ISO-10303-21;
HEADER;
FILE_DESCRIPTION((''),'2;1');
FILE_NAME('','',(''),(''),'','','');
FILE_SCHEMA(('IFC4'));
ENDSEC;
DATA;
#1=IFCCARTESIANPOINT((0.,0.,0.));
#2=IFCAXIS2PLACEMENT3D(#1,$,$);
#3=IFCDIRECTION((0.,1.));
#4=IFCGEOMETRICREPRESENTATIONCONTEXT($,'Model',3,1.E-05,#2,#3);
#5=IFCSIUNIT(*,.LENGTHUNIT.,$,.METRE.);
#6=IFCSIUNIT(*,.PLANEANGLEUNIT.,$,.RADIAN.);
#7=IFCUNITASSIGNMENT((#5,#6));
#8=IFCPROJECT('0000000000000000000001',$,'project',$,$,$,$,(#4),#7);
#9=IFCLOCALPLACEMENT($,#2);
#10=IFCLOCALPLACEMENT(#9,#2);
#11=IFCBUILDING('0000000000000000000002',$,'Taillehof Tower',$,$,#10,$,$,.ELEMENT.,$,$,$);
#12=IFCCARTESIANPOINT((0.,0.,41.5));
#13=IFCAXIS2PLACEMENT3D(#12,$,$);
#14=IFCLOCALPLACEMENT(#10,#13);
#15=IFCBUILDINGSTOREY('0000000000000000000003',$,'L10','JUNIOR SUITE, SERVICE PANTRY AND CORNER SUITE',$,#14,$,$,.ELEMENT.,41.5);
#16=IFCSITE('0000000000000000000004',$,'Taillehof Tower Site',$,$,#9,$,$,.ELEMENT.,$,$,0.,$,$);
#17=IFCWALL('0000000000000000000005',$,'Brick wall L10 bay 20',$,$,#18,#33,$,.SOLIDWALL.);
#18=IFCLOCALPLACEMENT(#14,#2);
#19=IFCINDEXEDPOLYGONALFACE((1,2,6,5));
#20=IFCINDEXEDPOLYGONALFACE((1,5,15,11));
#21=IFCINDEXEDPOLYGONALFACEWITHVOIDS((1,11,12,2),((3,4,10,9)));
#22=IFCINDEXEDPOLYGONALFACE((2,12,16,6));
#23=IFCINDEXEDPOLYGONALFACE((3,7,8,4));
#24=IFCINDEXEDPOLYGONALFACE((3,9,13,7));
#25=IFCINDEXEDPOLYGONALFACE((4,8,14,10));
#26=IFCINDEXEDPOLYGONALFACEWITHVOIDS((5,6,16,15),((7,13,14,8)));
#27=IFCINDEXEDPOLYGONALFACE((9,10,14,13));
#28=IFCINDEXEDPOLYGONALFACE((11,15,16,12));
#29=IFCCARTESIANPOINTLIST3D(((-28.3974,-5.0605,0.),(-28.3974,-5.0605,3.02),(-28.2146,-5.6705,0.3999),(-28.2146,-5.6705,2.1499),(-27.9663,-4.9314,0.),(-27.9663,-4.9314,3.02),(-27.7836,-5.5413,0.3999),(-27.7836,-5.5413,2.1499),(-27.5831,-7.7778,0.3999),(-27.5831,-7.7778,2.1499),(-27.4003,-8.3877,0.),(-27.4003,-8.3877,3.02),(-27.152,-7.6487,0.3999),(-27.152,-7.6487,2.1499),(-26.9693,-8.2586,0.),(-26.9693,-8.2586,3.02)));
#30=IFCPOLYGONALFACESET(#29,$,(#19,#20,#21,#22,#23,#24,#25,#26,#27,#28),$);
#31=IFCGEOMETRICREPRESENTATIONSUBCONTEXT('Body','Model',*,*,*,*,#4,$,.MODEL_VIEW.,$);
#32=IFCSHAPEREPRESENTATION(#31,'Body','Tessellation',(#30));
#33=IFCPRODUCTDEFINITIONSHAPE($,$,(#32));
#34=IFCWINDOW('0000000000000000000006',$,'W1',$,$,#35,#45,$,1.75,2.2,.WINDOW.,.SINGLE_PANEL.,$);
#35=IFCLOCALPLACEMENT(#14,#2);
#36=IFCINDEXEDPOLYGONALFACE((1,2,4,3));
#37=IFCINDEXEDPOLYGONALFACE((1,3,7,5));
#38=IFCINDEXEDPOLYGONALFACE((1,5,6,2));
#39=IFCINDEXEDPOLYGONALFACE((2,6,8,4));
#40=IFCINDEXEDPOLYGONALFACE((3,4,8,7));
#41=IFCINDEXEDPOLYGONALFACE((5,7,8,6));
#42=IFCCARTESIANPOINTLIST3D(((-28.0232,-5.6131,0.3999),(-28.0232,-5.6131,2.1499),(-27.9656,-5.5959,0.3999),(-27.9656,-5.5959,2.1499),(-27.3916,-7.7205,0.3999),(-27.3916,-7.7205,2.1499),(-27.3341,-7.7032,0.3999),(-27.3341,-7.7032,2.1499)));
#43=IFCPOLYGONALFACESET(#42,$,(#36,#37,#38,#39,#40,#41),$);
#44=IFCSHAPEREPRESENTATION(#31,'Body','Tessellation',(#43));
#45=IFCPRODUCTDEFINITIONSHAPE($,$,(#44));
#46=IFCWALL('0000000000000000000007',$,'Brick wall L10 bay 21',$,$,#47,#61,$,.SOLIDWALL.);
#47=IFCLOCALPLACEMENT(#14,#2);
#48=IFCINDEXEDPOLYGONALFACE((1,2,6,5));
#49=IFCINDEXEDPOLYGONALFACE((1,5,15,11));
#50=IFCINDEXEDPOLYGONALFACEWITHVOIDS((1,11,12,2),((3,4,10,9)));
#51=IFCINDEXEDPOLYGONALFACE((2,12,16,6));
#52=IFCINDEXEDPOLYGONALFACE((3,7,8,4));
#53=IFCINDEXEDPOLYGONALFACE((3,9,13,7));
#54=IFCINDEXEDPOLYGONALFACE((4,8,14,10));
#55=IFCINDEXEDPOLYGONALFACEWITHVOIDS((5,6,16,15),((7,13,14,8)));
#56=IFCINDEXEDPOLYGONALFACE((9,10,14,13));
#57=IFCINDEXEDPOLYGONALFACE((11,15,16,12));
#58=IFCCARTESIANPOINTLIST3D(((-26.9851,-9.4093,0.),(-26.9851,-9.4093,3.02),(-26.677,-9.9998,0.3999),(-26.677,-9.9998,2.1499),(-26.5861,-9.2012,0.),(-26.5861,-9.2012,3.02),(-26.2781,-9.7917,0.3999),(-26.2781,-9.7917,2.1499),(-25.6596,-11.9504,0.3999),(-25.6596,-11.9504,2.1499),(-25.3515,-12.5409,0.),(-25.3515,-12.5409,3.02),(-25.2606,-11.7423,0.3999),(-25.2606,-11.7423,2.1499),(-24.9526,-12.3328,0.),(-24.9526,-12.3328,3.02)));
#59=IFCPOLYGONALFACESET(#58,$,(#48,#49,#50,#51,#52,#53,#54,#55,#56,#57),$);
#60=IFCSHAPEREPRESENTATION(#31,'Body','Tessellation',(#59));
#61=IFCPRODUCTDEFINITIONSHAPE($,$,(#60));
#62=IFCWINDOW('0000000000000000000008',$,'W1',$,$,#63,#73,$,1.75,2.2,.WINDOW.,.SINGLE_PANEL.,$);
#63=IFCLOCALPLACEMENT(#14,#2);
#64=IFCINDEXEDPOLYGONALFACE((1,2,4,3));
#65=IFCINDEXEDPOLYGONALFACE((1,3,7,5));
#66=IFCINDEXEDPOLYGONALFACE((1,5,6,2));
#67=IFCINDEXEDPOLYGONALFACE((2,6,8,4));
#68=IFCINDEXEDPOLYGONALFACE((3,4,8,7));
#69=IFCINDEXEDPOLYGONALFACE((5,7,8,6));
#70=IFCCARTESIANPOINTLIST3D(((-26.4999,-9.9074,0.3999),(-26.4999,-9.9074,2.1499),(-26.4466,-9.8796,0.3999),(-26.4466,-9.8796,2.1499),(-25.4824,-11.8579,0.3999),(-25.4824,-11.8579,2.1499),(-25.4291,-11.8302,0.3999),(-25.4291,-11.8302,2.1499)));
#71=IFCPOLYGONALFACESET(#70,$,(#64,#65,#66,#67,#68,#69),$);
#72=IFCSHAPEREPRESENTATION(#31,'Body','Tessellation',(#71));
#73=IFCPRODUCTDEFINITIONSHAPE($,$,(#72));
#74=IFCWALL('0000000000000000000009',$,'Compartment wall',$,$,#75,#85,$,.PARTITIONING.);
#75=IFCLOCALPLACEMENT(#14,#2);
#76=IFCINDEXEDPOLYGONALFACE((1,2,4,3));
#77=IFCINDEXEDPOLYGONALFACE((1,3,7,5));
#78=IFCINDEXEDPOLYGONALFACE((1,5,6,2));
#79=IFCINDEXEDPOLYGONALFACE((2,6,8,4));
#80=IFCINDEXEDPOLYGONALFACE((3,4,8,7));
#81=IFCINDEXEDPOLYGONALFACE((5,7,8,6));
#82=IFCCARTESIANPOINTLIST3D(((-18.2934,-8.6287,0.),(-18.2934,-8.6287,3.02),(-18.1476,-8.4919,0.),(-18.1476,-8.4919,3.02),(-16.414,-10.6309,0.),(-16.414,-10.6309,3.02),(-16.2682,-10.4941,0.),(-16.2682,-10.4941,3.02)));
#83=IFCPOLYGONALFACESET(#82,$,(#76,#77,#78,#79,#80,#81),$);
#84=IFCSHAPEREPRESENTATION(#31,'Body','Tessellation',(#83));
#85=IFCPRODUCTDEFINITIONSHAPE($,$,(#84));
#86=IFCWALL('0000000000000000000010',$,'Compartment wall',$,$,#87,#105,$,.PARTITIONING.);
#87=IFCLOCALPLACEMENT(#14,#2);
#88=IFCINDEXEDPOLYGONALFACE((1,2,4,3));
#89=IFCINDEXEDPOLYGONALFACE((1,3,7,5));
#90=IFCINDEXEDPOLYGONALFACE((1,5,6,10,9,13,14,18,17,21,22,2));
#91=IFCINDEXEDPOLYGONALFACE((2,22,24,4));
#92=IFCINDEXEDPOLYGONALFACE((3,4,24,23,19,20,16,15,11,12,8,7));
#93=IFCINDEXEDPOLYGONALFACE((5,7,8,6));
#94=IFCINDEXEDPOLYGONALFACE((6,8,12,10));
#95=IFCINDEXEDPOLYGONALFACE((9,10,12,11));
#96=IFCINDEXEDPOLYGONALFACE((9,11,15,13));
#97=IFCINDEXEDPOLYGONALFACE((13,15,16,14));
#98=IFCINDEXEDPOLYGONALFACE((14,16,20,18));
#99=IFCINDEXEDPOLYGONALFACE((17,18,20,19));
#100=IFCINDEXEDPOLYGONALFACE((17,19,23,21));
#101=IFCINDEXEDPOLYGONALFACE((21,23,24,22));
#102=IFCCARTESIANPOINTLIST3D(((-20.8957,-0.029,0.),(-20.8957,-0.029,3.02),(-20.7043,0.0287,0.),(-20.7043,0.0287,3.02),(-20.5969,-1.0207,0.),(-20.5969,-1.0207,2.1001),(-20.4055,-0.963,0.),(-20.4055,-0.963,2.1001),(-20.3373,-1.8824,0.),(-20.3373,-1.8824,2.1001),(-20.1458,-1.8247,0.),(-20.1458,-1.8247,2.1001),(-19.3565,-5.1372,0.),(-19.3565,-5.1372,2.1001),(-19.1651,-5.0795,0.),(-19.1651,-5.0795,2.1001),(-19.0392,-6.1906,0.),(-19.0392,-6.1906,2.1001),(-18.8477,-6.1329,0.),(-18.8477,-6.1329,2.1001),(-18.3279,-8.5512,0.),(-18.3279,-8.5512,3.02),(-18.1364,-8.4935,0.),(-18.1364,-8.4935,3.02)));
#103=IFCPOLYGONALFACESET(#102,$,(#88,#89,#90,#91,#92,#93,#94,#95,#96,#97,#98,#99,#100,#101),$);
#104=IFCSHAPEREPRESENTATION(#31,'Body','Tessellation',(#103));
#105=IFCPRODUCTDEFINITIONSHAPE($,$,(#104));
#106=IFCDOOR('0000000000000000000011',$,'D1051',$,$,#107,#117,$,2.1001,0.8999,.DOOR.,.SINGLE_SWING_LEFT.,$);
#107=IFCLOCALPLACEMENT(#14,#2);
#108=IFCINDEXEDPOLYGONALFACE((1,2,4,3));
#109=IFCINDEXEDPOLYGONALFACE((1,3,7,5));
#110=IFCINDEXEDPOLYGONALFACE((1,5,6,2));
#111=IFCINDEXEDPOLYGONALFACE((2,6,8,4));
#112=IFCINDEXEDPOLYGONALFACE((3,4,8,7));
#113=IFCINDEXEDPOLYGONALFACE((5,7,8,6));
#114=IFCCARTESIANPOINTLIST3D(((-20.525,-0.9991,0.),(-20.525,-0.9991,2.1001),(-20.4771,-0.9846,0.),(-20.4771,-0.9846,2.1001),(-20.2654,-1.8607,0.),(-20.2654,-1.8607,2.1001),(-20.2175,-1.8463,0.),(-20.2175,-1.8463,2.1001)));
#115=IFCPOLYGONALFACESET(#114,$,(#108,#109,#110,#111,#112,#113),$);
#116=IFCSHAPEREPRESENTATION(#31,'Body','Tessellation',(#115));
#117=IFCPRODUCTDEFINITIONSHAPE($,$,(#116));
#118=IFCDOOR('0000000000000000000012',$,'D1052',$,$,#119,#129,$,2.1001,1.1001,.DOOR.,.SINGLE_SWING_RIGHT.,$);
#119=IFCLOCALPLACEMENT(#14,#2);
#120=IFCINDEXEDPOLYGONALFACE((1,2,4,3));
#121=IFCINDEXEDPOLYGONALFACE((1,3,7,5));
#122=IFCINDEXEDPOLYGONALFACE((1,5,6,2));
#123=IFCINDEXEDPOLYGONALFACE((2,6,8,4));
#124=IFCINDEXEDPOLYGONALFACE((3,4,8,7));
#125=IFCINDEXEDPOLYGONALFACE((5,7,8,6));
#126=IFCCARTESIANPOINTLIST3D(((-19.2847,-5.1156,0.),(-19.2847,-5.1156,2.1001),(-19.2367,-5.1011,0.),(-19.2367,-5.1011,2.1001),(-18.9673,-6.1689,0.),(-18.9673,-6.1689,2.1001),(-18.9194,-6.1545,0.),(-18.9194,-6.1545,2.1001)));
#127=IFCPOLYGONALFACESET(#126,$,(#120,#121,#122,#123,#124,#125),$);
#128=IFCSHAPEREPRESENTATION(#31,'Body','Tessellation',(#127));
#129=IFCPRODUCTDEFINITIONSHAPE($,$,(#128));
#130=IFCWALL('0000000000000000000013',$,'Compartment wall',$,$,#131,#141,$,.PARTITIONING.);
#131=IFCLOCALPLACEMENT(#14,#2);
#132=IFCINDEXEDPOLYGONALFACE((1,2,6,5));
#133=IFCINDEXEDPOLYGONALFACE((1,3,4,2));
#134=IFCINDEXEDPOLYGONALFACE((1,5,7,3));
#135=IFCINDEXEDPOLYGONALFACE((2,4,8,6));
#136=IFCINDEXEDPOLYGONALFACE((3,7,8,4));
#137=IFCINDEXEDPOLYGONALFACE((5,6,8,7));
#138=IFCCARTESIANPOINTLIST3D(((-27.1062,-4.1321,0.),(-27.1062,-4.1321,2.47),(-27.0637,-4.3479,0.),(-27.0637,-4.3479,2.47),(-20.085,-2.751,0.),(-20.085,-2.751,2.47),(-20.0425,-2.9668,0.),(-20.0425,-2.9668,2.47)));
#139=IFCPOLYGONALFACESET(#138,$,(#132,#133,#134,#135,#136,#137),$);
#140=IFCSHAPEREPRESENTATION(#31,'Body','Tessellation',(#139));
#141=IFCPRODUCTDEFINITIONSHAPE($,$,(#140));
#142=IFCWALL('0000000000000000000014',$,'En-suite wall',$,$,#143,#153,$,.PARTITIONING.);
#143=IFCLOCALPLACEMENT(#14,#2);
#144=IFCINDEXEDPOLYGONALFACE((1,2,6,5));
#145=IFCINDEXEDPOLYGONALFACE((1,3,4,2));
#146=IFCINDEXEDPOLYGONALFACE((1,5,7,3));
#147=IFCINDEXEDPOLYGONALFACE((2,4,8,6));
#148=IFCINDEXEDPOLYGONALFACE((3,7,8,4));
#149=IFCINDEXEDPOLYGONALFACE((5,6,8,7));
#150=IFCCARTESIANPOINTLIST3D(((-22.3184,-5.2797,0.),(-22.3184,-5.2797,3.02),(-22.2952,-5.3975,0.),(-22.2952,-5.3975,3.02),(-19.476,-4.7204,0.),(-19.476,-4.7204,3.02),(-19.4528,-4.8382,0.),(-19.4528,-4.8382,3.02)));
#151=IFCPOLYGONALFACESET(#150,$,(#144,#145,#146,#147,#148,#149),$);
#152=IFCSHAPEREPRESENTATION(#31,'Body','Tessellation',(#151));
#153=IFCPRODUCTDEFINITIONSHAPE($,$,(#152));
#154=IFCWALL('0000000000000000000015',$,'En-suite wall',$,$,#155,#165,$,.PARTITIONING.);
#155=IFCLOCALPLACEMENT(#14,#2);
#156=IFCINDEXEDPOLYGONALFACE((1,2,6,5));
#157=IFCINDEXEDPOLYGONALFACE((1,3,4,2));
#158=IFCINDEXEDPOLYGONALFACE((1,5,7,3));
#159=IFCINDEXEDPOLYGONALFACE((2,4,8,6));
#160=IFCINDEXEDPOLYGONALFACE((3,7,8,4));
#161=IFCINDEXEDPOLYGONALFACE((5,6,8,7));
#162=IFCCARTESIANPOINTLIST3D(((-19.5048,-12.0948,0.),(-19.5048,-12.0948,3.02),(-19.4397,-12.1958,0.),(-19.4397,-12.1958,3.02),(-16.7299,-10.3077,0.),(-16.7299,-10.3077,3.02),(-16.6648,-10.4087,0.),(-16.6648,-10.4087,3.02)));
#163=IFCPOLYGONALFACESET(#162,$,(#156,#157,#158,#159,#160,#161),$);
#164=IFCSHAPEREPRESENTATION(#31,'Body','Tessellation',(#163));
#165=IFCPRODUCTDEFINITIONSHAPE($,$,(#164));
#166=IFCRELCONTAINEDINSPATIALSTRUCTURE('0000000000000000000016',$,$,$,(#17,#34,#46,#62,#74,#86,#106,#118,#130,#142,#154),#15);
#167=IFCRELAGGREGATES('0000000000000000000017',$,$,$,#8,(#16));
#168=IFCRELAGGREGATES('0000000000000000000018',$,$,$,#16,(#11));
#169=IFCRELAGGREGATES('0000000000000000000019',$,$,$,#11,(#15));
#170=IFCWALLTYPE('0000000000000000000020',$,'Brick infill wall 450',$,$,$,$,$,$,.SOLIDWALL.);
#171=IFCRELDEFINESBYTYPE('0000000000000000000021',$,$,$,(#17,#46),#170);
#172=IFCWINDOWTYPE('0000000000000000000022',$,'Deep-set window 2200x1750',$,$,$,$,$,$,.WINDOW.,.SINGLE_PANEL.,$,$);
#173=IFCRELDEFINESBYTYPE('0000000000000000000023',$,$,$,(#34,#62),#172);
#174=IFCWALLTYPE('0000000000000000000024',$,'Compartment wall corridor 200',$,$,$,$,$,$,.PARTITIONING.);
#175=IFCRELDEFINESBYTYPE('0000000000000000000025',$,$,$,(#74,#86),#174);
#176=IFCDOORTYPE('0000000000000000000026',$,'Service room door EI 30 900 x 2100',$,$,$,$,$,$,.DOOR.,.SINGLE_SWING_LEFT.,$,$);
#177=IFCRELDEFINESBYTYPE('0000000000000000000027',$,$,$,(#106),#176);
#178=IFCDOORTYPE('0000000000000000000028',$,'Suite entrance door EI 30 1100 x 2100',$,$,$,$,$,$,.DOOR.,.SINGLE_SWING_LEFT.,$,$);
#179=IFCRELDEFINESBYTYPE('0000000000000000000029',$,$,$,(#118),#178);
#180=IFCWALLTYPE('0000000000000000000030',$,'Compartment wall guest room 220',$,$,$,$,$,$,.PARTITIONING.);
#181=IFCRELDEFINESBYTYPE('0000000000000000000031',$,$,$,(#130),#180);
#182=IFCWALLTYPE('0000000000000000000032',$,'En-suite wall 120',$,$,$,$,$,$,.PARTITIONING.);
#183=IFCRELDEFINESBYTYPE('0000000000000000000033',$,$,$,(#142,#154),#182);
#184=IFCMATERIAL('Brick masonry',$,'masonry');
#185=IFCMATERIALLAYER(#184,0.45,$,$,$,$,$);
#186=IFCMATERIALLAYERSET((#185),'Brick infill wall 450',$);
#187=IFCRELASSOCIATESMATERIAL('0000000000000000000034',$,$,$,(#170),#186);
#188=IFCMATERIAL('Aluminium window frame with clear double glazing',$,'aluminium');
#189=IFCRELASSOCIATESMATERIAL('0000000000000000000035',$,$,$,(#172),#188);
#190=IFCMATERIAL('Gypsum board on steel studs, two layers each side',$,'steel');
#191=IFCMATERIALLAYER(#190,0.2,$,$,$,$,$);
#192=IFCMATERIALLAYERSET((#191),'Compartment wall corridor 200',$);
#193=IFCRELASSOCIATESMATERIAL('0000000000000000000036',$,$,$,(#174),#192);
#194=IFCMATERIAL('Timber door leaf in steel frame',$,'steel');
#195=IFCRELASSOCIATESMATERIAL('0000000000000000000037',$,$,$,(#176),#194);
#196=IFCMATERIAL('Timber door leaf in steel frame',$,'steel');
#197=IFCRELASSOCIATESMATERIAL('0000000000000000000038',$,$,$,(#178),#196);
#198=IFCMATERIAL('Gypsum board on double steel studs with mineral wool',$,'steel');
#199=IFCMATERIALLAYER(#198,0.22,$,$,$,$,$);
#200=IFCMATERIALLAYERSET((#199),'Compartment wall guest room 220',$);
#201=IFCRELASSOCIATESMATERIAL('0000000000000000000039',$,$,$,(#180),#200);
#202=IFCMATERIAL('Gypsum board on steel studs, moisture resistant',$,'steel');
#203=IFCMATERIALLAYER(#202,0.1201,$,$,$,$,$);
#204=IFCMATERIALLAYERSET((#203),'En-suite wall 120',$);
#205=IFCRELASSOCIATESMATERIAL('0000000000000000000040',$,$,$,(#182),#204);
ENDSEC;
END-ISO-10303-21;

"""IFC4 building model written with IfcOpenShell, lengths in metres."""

from ifc_helpers import new_model, si_unit, direction, frame, frame_2d, origin, place, context, subcontext, project, spatial, rectangle, extrude, material, layer, layer_set, type_object, element, fill, save


model = new_model("IFC4")

# Units and contexts
model_context = context("Model", 3, precision=1e-05, world=origin(), true_north=direction((0.0, 1.0)))
body_context = subcontext(model_context, "Body", "Model", "MODEL_VIEW")
ifc_project = project(units=[si_unit("LENGTHUNIT", "METRE"), si_unit("PLANEANGLEUNIT", "RADIAN")], contexts=[model_context])

# Site, building, storey
site_placement = place(None, origin())
site = spatial("IfcSite", under=ifc_project, at=site_placement, Name="Taillehof Tower Site", CompositionType="ELEMENT", RefElevation=0.0)
building_placement = place(site_placement, origin())
building = spatial("IfcBuilding", under=site, at=building_placement, Name="Taillehof Tower", CompositionType="ELEMENT")
storey_placement = place(building_placement, frame((0.0, 0.0, 41.5)))
storey = spatial("IfcBuildingStorey", under=building, at=storey_placement, Name="L10", Description="JUNIOR SUITE, SERVICE PANTRY AND CORNER SUITE", CompositionType="ELEMENT", Elevation=41.5)

# Walls, openings, windows
ifc_material_1 = material(Name="Brick masonry", Category="masonry")
ifc_layer_1 = layer(ifc_material_1, 0.45)
ifc_layer_set_1 = layer_set([ifc_layer_1], Name="Brick infill wall 450")
wall_type_1 = type_object("IfcWallType", Name="Brick infill wall 450", PredefinedType="SOLIDWALL", material=ifc_layer_set_1)
ifc_material_2 = material(Name="Aluminium window frame with clear double glazing", Category="aluminium")
window_type = type_object("IfcWindowType", Name="Deep-set window 2200x1750", PartitioningType="SINGLE_PANEL", PredefinedType="WINDOW", material=ifc_material_2)
wall_1_placement = place(storey_placement, frame((-28.1819, -4.9958, 0.0), z_axis=(0.0, 0.0, 1.0), x_axis=(0.287064, -0.957911, 0.0)))
wall_1 = element("IfcWall", 1, at=wall_1_placement, inside=storey, type_object=wall_type_1, Name="Brick wall L10 bay 20", PredefinedType="SOLIDWALL", context=body_context, shape_type="SweptSolid", body=[
    extrude(rectangle(XDim=3.4734, YDim=0.45, at=frame_2d((1.7368, 0.0))), origin(), (0.0, 0.0, 1.0), 3.02),
])
opening_1_placement = place(wall_1_placement, frame((0.6367, 0.0, 0.3999)))
opening_1 = element("IfcOpeningElement", 2, at=opening_1_placement, cuts=wall_1, PredefinedType="OPENING", context=body_context, shape_type="SweptSolid", body=[
    extrude(rectangle(XDim=2.2, YDim=1.75, at=frame_2d((1.1001, 0.875))), frame((0.0, 0.2349, 0.0), z_axis=(0.0, -1.0, 0.0), x_axis=(1.0, 0.0, 0.0)), (0.0, 0.0, 1.0), 0.47),
])
window_1_placement = place(opening_1_placement, origin())
window_1 = element("IfcWindow", 3, at=window_1_placement, inside=storey, type_object=window_type, Name="W1", OverallHeight=1.75, OverallWidth=2.2, PartitioningType="SINGLE_PANEL", PredefinedType="WINDOW", context=body_context, shape_type="SweptSolid", body=[
    extrude(rectangle(XDim=2.2, YDim=1.75, at=frame_2d((1.1001, 0.875))), frame((0.0, 0.0349, 0.0), z_axis=(0.0, -1.0, 0.0), x_axis=(1.0, 0.0, 0.0)), (0.0, 0.0, 1.0), 0.0601),
])
fill(opening_1, window_1)
wall_2_placement = place(storey_placement, frame((-26.7856, -9.3052, 0.0), z_axis=(0.0, 0.0, 1.0), x_axis=(0.462493, -0.886623, 0.0)))
wall_2 = element("IfcWall", 4, at=wall_2_placement, inside=storey, type_object=wall_type_1, Name="Brick wall L10 bay 21", PredefinedType="SOLIDWALL", context=body_context, shape_type="SweptSolid", body=[
    extrude(rectangle(XDim=3.532, YDim=0.45, at=frame_2d((1.7661, 0.0))), origin(), (0.0, 0.0, 1.0), 3.02),
])
opening_2_placement = place(wall_2_placement, frame((0.666, 0.0, 0.3999)))
opening_2 = element("IfcOpeningElement", 5, at=opening_2_placement, cuts=wall_2, PredefinedType="OPENING", context=body_context, shape_type="SweptSolid", body=[
    extrude(rectangle(XDim=2.2, YDim=1.75, at=frame_2d((1.1001, 0.875))), frame((0.0, 0.2349, 0.0), z_axis=(0.0, -1.0, 0.0), x_axis=(1.0, 0.0, 0.0)), (0.0, 0.0, 1.0), 0.47),
])
window_2_placement = place(opening_2_placement, origin())
window_2 = element("IfcWindow", 6, at=window_2_placement, inside=storey, type_object=window_type, Name="W1", OverallHeight=1.75, OverallWidth=2.2, PartitioningType="SINGLE_PANEL", PredefinedType="WINDOW", context=body_context, shape_type="SweptSolid", body=[
    extrude(rectangle(XDim=2.2, YDim=1.75, at=frame_2d((1.1001, 0.875))), frame((0.0, 0.0349, 0.0), z_axis=(0.0, -1.0, 0.0), x_axis=(1.0, 0.0, 0.0)), (0.0, 0.0, 1.0), 0.0601),
])
fill(opening_2, window_2)

# Wall
ifc_material_3 = material(Name="Gypsum board on steel studs, two layers each side", Category="steel")
ifc_layer_2 = layer(ifc_material_3, 0.2)
ifc_layer_set_2 = layer_set([ifc_layer_2], Name="Compartment wall corridor 200")
wall_type_2 = type_object("IfcWallType", Name="Compartment wall corridor 200", PredefinedType="PARTITIONING", material=ifc_layer_set_2)
wall_3_placement = place(storey_placement, frame((-16.3411, -10.5625, 0.0), z_axis=(0.0, 0.0, 1.0), x_axis=(-0.684393, 0.729113, 0.0)))
element("IfcWall", 7, at=wall_3_placement, inside=storey, type_object=wall_type_2, Name="Compartment wall", PredefinedType="PARTITIONING", context=body_context, shape_type="SweptSolid", body=[
    extrude(rectangle(XDim=2.7461, YDim=0.2, at=frame_2d((1.373, 0.0))), origin(), (0.0, 0.0, 1.0), 3.02),
])

# Wall, openings, doors
wall_4_placement = place(storey_placement, frame((-18.2322, -8.5222, 0.0), z_axis=(0.0, 0.0, 1.0), x_axis=(-0.288503, 0.957479, 0.0)))
wall_4 = element("IfcWall", 8, at=wall_4_placement, inside=storey, type_object=wall_type_2, Name="Compartment wall", PredefinedType="PARTITIONING", context=body_context, shape_type="SweptSolid", body=[
    extrude(rectangle(XDim=8.9006, YDim=0.2, at=frame_2d((4.4502, 0.0))), origin(), (0.0, 0.0, 1.0), 3.02),
])
opening_3_placement = place(wall_4_placement, frame((6.9648, 0.0, 0.0)))
opening_3 = element("IfcOpeningElement", 9, at=opening_3_placement, cuts=wall_4, PredefinedType="OPENING", context=body_context, shape_type="SweptSolid", body=[
    extrude(rectangle(XDim=0.8999, YDim=2.1001, at=frame_2d((0.45, 1.05))), frame((0.0, 0.1099, 0.0), z_axis=(0.0, -1.0, 0.0), x_axis=(1.0, 0.0, 0.0)), (0.0, 0.0, 1.0), 0.22),
])
opening_4_placement = place(wall_4_placement, frame((2.4653, 0.0, 0.0)))
opening_4 = element("IfcOpeningElement", 10, at=opening_4_placement, cuts=wall_4, PredefinedType="OPENING", context=body_context, shape_type="SweptSolid", body=[
    extrude(rectangle(XDim=1.1001, YDim=2.1001, at=frame_2d((0.55, 1.05))), frame((0.0, 0.1099, 0.0), z_axis=(0.0, -1.0, 0.0), x_axis=(1.0, 0.0, 0.0)), (0.0, 0.0, 1.0), 0.22),
])
ifc_material_4 = material(Name="Timber door leaf in steel frame", Category="steel")
door_type_1 = type_object("IfcDoorType", Name="Service room door EI 30 900 x 2100", OperationType="SINGLE_SWING_LEFT", PredefinedType="DOOR", material=ifc_material_4)
door_1_placement = place(opening_3_placement, origin())
door_1 = element("IfcDoor", 11, at=door_1_placement, inside=storey, type_object=door_type_1, Name="D1051", OperationType="SINGLE_SWING_LEFT", OverallHeight=2.1001, OverallWidth=0.8999, PredefinedType="DOOR", context=body_context, shape_type="SweptSolid", body=[
    extrude(rectangle(XDim=0.8999, YDim=2.1001, at=frame_2d((0.45, 1.05))), frame((0.0, 0.0249, 0.0), z_axis=(0.0, -1.0, 0.0), x_axis=(1.0, 0.0, 0.0)), (0.0, 0.0, 1.0), 0.05),
])
fill(opening_3, door_1)
ifc_material_5 = material(Name="Timber door leaf in steel frame", Category="steel")
door_type_2 = type_object("IfcDoorType", Name="Suite entrance door EI 30 1100 x 2100", OperationType="SINGLE_SWING_LEFT", PredefinedType="DOOR", material=ifc_material_5)
door_2_placement = place(opening_4_placement, origin())
door_2 = element("IfcDoor", 12, at=door_2_placement, inside=storey, type_object=door_type_2, Name="D1052", OperationType="SINGLE_SWING_RIGHT", OverallHeight=2.1001, OverallWidth=1.1001, PredefinedType="DOOR", context=body_context, shape_type="SweptSolid", body=[
    extrude(rectangle(XDim=1.1001, YDim=2.1001, at=frame_2d((0.55, 1.05))), frame((0.0, 0.0249, 0.0), z_axis=(0.0, -1.0, 0.0), x_axis=(1.0, 0.0, 0.0)), (0.0, 0.0, 1.0), 0.05),
])
fill(opening_4, door_2)

# Walls
ifc_material_6 = material(Name="Gypsum board on double steel studs with mineral wool", Category="steel")
ifc_layer_3 = layer(ifc_material_6, 0.22)
ifc_layer_set_3 = layer_set([ifc_layer_3], Name="Compartment wall guest room 220")
wall_type_3 = type_object("IfcWallType", Name="Compartment wall guest room 220", PredefinedType="PARTITIONING", material=ifc_layer_set_3)
wall_5_placement = place(storey_placement, frame((-27.085, -4.24, 0.0), z_axis=(0.0, 0.0, 1.0), x_axis=(0.981198, 0.193005, 0.0)))
element("IfcWall", 13, at=wall_5_placement, inside=storey, type_object=wall_type_3, Name="Compartment wall", PredefinedType="PARTITIONING", context=body_context, shape_type="SweptSolid", body=[
    extrude(rectangle(XDim=7.1558, YDim=0.22, at=frame_2d((3.5779, 0.0))), origin(), (0.0, 0.0, 1.0), 2.47),
])
ifc_material_7 = material(Name="Gypsum board on steel studs, moisture resistant", Category="steel")
ifc_layer_4 = layer(ifc_material_7, 0.1201)
ifc_layer_set_4 = layer_set([ifc_layer_4], Name="En-suite wall 120")
wall_type_4 = type_object("IfcWallType", Name="En-suite wall 120", PredefinedType="PARTITIONING", material=ifc_layer_set_4)
wall_6_placement = place(storey_placement, frame((-19.4644, -4.7793, 0.0), z_axis=(0.0, 0.0, 1.0), x_axis=(-0.981185, -0.193068, 0.0)))
element("IfcWall", 14, at=wall_6_placement, inside=storey, type_object=wall_type_4, Name="En-suite wall", PredefinedType="PARTITIONING", context=body_context, shape_type="SweptSolid", body=[
    extrude(rectangle(XDim=2.897, YDim=0.1201, at=frame_2d((1.4485, 0.0))), origin(), (0.0, 0.0, 1.0), 3.02),
])
wall_7_placement = place(storey_placement, frame((-16.6973, -10.3582, 0.0), z_axis=(0.0, 0.0, 1.0), x_axis=(-0.840731, -0.541453, 0.0)))
element("IfcWall", 15, at=wall_7_placement, inside=storey, type_object=wall_type_4, Name="En-suite wall", PredefinedType="PARTITIONING", context=body_context, shape_type="SweptSolid", body=[
    extrude(rectangle(XDim=3.3005, YDim=0.1201, at=frame_2d((1.6504, 0.0))), origin(), (0.0, 0.0, 1.0), 3.02),
])

save(model, "model.ifc")
